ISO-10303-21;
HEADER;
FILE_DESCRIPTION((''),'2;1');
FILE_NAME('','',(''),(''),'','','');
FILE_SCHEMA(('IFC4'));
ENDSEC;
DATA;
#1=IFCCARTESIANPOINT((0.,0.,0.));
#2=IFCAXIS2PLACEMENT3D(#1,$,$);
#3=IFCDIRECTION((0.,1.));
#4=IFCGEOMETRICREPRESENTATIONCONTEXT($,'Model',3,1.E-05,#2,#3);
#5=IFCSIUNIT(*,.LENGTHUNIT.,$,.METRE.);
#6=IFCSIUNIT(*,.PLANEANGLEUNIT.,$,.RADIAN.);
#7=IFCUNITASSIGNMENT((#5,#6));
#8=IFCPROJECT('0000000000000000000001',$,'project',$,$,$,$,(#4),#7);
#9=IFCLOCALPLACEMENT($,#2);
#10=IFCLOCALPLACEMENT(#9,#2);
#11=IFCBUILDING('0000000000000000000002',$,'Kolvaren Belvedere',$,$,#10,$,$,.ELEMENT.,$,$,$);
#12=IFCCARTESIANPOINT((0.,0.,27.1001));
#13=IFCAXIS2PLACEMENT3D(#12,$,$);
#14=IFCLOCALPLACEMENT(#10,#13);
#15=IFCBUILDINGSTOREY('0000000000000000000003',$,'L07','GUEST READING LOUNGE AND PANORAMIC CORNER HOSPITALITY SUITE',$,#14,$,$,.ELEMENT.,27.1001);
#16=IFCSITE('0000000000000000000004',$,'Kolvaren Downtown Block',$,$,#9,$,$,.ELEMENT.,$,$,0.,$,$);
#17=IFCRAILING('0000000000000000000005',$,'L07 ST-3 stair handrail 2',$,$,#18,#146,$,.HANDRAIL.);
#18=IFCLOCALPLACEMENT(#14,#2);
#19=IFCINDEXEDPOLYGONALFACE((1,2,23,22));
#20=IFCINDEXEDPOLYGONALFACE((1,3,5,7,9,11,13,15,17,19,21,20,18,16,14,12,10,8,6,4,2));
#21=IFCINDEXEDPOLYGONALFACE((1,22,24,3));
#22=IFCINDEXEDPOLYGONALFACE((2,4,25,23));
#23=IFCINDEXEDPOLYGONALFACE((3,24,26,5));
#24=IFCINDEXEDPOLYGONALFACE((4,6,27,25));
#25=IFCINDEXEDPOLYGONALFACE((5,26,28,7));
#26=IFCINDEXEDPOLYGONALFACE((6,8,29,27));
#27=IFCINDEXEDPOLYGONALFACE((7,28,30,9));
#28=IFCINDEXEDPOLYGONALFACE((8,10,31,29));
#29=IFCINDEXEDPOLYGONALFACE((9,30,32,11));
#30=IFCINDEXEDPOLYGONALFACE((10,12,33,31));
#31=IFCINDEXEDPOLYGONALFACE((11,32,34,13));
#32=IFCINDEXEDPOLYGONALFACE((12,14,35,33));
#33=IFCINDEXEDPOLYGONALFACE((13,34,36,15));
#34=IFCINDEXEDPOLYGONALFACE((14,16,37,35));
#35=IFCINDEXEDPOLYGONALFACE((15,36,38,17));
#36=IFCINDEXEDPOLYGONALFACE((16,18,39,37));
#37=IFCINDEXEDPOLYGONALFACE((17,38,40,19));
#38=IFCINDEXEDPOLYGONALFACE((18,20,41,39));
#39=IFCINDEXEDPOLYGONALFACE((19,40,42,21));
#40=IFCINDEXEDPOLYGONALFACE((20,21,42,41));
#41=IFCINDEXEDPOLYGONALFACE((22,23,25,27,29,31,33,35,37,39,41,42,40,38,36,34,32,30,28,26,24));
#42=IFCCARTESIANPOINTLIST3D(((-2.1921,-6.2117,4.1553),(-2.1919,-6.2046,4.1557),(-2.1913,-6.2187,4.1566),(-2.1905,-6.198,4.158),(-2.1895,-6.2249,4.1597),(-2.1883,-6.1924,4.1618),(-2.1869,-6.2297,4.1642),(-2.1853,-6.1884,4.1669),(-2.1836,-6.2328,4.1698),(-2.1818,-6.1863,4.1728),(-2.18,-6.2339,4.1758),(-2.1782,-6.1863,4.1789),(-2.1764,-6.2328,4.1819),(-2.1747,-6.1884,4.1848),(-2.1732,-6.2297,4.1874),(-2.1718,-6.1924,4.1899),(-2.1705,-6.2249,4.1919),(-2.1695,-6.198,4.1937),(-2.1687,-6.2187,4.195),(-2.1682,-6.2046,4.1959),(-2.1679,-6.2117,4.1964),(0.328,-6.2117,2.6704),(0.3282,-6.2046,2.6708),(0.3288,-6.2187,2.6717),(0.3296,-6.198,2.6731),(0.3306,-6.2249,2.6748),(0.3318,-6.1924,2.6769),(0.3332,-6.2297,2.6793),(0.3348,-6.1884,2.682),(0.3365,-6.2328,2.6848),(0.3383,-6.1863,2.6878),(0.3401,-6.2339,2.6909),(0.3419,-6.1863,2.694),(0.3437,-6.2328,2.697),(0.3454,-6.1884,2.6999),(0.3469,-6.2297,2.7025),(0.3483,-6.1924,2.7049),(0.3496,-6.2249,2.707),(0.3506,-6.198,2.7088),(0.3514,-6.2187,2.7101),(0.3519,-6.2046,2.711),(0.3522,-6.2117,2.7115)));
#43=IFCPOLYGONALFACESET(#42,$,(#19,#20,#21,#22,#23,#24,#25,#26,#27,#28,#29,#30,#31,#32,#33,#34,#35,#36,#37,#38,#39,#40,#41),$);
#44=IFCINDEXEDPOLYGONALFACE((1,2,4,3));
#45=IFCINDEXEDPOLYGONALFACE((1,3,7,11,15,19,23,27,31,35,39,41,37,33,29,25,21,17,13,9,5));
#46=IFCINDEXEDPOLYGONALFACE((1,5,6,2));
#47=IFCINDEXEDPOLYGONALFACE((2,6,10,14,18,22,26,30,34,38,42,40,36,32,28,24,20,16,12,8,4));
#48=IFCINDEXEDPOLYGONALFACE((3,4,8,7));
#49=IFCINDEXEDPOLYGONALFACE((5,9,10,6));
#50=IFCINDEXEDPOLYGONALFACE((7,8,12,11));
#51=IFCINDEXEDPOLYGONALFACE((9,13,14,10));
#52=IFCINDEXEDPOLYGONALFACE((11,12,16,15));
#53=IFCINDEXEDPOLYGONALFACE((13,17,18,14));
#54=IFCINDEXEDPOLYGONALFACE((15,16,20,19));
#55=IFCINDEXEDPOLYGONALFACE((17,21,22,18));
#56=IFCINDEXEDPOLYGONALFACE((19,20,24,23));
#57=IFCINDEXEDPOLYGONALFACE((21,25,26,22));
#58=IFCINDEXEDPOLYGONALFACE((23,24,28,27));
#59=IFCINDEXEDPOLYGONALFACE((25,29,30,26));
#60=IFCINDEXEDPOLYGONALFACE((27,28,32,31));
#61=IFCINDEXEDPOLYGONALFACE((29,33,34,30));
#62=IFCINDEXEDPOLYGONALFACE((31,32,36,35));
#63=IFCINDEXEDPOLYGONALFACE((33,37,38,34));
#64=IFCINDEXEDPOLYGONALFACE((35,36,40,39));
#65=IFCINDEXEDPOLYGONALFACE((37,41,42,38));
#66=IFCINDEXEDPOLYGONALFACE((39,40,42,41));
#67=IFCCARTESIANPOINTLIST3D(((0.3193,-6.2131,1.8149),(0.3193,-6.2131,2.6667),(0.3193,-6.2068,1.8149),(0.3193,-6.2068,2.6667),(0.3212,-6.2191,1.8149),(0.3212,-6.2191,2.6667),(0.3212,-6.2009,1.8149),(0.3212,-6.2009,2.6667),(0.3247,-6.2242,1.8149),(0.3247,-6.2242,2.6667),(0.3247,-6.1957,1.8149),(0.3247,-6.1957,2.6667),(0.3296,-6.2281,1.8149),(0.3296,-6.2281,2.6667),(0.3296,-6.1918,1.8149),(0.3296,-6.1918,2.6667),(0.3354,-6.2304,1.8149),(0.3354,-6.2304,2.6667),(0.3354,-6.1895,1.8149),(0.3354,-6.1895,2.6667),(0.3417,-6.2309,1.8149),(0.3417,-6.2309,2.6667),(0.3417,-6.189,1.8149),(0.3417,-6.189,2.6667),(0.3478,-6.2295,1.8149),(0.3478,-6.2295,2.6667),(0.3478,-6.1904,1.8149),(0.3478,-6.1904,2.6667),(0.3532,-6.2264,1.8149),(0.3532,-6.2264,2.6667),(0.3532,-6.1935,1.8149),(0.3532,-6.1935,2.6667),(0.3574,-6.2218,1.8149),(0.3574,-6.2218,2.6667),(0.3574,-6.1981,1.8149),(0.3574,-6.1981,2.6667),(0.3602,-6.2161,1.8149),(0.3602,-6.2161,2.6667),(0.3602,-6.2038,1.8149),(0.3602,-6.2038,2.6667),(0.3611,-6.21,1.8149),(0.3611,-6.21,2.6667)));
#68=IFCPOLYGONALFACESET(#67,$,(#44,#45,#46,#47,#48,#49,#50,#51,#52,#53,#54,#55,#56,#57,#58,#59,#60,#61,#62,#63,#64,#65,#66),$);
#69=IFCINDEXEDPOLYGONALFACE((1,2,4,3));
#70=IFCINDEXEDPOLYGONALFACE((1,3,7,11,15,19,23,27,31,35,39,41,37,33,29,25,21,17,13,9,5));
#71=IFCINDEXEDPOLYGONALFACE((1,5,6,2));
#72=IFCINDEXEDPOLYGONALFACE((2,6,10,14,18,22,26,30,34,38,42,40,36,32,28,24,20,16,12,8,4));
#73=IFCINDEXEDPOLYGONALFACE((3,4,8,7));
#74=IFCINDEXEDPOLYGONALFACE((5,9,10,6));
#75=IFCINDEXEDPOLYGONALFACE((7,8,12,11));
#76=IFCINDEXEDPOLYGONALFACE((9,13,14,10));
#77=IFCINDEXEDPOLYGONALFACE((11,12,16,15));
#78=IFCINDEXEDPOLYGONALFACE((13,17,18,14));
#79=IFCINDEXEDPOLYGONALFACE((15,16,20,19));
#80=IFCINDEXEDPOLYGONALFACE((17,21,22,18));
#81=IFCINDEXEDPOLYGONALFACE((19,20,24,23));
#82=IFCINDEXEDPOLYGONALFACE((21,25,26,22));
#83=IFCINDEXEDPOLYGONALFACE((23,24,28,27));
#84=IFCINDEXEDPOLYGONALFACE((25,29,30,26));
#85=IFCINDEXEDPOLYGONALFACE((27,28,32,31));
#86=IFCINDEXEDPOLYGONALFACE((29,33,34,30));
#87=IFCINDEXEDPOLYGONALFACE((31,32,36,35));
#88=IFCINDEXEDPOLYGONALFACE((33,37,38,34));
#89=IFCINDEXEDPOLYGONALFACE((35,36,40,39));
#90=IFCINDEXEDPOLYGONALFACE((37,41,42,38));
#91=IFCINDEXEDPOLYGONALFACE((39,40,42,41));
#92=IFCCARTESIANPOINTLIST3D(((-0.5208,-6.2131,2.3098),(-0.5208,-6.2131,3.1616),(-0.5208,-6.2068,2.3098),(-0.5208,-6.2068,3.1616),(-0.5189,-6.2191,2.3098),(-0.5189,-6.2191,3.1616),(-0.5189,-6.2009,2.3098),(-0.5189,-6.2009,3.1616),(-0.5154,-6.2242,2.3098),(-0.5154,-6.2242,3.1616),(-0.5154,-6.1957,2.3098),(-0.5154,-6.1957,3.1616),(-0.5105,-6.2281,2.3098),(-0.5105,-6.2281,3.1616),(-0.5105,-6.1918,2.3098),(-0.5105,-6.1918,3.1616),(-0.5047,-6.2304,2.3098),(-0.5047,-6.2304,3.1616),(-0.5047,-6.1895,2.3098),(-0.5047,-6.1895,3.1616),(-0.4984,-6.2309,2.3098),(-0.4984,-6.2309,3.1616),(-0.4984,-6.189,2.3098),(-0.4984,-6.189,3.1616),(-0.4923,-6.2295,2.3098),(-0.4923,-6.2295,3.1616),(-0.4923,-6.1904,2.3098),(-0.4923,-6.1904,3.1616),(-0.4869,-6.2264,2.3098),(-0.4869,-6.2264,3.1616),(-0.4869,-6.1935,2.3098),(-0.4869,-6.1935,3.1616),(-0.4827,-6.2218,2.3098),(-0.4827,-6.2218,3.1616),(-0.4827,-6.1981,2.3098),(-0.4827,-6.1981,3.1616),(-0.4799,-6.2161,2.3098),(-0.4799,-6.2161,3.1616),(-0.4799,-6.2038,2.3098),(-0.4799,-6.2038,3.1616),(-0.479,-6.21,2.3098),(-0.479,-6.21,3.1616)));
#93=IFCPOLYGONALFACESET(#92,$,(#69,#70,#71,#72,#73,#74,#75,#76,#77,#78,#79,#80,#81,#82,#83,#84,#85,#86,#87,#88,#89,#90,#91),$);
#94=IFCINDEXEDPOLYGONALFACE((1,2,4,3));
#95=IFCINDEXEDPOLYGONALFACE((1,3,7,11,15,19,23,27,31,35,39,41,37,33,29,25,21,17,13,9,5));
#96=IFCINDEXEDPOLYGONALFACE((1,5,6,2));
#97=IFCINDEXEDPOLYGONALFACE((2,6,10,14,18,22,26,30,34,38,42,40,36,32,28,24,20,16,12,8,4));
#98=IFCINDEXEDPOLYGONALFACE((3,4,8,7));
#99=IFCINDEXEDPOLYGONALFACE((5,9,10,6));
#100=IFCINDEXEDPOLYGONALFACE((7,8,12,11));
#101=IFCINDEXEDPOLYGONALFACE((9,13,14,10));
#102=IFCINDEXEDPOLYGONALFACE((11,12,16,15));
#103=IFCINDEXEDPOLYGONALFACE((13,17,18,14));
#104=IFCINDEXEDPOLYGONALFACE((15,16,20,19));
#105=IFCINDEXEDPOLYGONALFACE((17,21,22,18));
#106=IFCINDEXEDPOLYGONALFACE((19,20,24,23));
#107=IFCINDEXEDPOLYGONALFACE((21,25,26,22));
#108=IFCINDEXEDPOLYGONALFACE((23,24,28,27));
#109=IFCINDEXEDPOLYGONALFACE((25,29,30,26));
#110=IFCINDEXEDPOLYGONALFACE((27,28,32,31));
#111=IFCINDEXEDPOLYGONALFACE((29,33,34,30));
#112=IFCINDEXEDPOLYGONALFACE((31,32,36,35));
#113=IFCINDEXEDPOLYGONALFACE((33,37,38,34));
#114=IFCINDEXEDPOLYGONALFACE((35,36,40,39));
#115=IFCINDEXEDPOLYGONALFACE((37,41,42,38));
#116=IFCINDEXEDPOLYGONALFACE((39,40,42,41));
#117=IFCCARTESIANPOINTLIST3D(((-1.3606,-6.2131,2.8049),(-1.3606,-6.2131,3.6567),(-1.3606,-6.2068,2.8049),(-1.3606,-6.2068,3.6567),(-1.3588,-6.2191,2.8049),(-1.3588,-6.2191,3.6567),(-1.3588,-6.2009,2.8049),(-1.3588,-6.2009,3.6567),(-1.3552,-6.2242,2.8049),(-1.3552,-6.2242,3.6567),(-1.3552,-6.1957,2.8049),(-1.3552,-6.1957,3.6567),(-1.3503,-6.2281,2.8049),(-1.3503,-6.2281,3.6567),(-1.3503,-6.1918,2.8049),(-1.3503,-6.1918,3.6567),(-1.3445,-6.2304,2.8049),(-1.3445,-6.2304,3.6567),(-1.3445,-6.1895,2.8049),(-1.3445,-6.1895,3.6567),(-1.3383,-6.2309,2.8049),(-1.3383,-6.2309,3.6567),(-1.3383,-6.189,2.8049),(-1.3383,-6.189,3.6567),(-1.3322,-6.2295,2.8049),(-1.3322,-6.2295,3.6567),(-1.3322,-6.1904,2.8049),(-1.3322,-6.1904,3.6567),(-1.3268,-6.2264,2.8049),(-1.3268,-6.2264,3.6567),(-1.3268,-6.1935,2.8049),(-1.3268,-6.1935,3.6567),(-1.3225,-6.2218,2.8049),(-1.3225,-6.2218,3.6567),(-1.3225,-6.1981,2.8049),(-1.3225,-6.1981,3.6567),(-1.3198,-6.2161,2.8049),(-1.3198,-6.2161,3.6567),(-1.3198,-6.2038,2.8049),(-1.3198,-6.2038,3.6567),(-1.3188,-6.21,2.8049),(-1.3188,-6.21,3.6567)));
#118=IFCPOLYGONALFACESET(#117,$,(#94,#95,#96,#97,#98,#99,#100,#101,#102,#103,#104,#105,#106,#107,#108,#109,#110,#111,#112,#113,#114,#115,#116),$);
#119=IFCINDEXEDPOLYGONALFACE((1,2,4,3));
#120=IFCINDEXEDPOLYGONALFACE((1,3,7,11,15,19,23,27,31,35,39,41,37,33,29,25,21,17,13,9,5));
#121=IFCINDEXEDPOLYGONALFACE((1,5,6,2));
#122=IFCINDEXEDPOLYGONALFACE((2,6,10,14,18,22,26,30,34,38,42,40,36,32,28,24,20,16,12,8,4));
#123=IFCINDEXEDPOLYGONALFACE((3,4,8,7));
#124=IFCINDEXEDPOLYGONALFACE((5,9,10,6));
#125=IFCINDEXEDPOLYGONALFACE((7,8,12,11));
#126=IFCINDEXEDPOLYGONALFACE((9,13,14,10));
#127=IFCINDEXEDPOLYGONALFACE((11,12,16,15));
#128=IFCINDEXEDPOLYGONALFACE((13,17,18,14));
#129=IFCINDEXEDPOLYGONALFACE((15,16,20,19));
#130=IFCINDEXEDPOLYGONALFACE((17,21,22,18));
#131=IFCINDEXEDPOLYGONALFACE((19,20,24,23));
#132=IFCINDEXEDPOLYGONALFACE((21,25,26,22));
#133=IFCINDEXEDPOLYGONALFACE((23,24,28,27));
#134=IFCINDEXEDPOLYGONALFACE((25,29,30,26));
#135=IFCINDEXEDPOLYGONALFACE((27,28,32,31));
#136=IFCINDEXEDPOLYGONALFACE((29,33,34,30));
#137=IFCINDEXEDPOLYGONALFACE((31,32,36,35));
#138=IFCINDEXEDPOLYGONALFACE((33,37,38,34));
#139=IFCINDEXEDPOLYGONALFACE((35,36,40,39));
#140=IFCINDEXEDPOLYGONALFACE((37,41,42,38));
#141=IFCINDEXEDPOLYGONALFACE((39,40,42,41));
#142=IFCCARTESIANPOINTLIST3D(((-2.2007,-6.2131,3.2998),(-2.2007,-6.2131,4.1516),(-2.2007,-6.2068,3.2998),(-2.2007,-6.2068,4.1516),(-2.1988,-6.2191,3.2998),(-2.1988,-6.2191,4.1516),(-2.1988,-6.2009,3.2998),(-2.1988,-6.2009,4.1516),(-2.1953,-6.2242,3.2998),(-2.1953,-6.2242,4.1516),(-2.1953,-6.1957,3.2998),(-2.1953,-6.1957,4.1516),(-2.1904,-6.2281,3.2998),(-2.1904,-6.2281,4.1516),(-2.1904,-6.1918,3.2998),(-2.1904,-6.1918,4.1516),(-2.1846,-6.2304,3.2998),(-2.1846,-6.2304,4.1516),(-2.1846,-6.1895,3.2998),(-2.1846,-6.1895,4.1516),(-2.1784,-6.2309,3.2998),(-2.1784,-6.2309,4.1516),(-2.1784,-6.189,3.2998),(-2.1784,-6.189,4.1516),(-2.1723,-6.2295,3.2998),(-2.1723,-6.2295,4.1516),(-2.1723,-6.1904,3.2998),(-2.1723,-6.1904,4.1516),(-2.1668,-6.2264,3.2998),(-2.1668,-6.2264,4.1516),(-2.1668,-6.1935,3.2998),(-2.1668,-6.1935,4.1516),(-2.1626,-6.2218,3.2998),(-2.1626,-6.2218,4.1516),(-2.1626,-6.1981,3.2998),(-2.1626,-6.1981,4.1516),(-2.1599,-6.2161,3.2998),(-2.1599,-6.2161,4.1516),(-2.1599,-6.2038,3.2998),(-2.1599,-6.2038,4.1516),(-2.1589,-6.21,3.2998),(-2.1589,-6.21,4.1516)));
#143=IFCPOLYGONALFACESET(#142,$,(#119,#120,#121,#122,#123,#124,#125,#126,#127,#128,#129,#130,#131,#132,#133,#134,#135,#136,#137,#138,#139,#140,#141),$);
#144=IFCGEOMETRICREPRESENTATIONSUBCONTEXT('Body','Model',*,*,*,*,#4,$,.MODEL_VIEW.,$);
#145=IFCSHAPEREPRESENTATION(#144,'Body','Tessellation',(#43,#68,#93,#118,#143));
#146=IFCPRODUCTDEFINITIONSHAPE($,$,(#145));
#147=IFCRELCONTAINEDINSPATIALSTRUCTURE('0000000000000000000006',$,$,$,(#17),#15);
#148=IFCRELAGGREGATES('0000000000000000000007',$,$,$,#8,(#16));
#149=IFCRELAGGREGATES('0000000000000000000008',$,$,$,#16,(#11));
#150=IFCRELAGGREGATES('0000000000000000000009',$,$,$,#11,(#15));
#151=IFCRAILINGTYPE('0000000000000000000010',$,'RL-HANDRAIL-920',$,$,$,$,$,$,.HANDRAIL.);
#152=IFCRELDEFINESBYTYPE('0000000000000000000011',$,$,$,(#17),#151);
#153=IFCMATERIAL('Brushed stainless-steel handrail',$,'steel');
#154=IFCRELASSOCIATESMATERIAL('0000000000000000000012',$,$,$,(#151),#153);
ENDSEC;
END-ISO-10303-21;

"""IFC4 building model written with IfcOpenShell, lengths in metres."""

from ifc_helpers import new_model, si_unit, direction, frame, origin, origin_2d, place, context, subcontext, project, spatial, circle, extrude, material, type_object, element, save


model = new_model("IFC4")

# Units and contexts
model_context = context("Model", 3, precision=1e-05, world=origin(), true_north=direction((0.0, 1.0)))
body_context = subcontext(model_context, "Body", "Model", "MODEL_VIEW")
ifc_project = project(units=[si_unit("LENGTHUNIT", "METRE"), si_unit("PLANEANGLEUNIT", "RADIAN")], contexts=[model_context])

# Site, building, storey
site_placement = place(None, origin())
site = spatial("IfcSite", under=ifc_project, at=site_placement, Name="Kolvaren Downtown Block", CompositionType="ELEMENT", RefElevation=0.0)
building_placement = place(site_placement, origin())
building = spatial("IfcBuilding", under=site, at=building_placement, Name="Kolvaren Belvedere", CompositionType="ELEMENT")
storey_placement = place(building_placement, frame((0.0, 0.0, 27.1001)))
storey = spatial("IfcBuildingStorey", under=building, at=storey_placement, Name="L07", Description="GUEST READING LOUNGE AND PANORAMIC CORNER HOSPITALITY SUITE", CompositionType="ELEMENT", Elevation=27.1001)

# Railing
ifc_material_1 = material(Name="Brushed stainless-steel handrail", Category="steel")
railing_type_1 = type_object("IfcRailingType", Name="RL-HANDRAIL-920", PredefinedType="HANDRAIL", material=ifc_material_1)
railing_1_placement = place(storey_placement, frame((0.3401, -6.21, 1.8149)))
element("IfcRailing", 1, at=railing_1_placement, inside=storey, type_object=railing_type_1, Name="L07 ST-3 stair handrail 2", PredefinedType="HANDRAIL", context=body_context, shape_type="SweptSolid", body=[
    extrude(circle(Radius=0.0239, at=origin_2d()), frame((0.0, 0.0, 0.876), z_axis=(-0.861561, 0.0, 0.507655), x_axis=(0.0, -1.0, 0.0)), (0.0, 0.0, 1.0), 2.925),
    extrude(circle(Radius=0.021, at=origin_2d()), origin(), (0.0, 0.0, 1.0), 0.8518),
    extrude(circle(Radius=0.021, at=origin_2d()), frame((-0.8401, 0.0, 0.4949)), (0.0, 0.0, 1.0), 0.8518),
    extrude(circle(Radius=0.021, at=origin_2d()), frame((-1.6799, 0.0, 0.99)), (0.0, 0.0, 1.0), 0.8518),
    extrude(circle(Radius=0.021, at=origin_2d()), frame((-2.52, 0.0, 1.4849)), (0.0, 0.0, 1.0), 0.8518),
])

save(model, "model.ifc")
